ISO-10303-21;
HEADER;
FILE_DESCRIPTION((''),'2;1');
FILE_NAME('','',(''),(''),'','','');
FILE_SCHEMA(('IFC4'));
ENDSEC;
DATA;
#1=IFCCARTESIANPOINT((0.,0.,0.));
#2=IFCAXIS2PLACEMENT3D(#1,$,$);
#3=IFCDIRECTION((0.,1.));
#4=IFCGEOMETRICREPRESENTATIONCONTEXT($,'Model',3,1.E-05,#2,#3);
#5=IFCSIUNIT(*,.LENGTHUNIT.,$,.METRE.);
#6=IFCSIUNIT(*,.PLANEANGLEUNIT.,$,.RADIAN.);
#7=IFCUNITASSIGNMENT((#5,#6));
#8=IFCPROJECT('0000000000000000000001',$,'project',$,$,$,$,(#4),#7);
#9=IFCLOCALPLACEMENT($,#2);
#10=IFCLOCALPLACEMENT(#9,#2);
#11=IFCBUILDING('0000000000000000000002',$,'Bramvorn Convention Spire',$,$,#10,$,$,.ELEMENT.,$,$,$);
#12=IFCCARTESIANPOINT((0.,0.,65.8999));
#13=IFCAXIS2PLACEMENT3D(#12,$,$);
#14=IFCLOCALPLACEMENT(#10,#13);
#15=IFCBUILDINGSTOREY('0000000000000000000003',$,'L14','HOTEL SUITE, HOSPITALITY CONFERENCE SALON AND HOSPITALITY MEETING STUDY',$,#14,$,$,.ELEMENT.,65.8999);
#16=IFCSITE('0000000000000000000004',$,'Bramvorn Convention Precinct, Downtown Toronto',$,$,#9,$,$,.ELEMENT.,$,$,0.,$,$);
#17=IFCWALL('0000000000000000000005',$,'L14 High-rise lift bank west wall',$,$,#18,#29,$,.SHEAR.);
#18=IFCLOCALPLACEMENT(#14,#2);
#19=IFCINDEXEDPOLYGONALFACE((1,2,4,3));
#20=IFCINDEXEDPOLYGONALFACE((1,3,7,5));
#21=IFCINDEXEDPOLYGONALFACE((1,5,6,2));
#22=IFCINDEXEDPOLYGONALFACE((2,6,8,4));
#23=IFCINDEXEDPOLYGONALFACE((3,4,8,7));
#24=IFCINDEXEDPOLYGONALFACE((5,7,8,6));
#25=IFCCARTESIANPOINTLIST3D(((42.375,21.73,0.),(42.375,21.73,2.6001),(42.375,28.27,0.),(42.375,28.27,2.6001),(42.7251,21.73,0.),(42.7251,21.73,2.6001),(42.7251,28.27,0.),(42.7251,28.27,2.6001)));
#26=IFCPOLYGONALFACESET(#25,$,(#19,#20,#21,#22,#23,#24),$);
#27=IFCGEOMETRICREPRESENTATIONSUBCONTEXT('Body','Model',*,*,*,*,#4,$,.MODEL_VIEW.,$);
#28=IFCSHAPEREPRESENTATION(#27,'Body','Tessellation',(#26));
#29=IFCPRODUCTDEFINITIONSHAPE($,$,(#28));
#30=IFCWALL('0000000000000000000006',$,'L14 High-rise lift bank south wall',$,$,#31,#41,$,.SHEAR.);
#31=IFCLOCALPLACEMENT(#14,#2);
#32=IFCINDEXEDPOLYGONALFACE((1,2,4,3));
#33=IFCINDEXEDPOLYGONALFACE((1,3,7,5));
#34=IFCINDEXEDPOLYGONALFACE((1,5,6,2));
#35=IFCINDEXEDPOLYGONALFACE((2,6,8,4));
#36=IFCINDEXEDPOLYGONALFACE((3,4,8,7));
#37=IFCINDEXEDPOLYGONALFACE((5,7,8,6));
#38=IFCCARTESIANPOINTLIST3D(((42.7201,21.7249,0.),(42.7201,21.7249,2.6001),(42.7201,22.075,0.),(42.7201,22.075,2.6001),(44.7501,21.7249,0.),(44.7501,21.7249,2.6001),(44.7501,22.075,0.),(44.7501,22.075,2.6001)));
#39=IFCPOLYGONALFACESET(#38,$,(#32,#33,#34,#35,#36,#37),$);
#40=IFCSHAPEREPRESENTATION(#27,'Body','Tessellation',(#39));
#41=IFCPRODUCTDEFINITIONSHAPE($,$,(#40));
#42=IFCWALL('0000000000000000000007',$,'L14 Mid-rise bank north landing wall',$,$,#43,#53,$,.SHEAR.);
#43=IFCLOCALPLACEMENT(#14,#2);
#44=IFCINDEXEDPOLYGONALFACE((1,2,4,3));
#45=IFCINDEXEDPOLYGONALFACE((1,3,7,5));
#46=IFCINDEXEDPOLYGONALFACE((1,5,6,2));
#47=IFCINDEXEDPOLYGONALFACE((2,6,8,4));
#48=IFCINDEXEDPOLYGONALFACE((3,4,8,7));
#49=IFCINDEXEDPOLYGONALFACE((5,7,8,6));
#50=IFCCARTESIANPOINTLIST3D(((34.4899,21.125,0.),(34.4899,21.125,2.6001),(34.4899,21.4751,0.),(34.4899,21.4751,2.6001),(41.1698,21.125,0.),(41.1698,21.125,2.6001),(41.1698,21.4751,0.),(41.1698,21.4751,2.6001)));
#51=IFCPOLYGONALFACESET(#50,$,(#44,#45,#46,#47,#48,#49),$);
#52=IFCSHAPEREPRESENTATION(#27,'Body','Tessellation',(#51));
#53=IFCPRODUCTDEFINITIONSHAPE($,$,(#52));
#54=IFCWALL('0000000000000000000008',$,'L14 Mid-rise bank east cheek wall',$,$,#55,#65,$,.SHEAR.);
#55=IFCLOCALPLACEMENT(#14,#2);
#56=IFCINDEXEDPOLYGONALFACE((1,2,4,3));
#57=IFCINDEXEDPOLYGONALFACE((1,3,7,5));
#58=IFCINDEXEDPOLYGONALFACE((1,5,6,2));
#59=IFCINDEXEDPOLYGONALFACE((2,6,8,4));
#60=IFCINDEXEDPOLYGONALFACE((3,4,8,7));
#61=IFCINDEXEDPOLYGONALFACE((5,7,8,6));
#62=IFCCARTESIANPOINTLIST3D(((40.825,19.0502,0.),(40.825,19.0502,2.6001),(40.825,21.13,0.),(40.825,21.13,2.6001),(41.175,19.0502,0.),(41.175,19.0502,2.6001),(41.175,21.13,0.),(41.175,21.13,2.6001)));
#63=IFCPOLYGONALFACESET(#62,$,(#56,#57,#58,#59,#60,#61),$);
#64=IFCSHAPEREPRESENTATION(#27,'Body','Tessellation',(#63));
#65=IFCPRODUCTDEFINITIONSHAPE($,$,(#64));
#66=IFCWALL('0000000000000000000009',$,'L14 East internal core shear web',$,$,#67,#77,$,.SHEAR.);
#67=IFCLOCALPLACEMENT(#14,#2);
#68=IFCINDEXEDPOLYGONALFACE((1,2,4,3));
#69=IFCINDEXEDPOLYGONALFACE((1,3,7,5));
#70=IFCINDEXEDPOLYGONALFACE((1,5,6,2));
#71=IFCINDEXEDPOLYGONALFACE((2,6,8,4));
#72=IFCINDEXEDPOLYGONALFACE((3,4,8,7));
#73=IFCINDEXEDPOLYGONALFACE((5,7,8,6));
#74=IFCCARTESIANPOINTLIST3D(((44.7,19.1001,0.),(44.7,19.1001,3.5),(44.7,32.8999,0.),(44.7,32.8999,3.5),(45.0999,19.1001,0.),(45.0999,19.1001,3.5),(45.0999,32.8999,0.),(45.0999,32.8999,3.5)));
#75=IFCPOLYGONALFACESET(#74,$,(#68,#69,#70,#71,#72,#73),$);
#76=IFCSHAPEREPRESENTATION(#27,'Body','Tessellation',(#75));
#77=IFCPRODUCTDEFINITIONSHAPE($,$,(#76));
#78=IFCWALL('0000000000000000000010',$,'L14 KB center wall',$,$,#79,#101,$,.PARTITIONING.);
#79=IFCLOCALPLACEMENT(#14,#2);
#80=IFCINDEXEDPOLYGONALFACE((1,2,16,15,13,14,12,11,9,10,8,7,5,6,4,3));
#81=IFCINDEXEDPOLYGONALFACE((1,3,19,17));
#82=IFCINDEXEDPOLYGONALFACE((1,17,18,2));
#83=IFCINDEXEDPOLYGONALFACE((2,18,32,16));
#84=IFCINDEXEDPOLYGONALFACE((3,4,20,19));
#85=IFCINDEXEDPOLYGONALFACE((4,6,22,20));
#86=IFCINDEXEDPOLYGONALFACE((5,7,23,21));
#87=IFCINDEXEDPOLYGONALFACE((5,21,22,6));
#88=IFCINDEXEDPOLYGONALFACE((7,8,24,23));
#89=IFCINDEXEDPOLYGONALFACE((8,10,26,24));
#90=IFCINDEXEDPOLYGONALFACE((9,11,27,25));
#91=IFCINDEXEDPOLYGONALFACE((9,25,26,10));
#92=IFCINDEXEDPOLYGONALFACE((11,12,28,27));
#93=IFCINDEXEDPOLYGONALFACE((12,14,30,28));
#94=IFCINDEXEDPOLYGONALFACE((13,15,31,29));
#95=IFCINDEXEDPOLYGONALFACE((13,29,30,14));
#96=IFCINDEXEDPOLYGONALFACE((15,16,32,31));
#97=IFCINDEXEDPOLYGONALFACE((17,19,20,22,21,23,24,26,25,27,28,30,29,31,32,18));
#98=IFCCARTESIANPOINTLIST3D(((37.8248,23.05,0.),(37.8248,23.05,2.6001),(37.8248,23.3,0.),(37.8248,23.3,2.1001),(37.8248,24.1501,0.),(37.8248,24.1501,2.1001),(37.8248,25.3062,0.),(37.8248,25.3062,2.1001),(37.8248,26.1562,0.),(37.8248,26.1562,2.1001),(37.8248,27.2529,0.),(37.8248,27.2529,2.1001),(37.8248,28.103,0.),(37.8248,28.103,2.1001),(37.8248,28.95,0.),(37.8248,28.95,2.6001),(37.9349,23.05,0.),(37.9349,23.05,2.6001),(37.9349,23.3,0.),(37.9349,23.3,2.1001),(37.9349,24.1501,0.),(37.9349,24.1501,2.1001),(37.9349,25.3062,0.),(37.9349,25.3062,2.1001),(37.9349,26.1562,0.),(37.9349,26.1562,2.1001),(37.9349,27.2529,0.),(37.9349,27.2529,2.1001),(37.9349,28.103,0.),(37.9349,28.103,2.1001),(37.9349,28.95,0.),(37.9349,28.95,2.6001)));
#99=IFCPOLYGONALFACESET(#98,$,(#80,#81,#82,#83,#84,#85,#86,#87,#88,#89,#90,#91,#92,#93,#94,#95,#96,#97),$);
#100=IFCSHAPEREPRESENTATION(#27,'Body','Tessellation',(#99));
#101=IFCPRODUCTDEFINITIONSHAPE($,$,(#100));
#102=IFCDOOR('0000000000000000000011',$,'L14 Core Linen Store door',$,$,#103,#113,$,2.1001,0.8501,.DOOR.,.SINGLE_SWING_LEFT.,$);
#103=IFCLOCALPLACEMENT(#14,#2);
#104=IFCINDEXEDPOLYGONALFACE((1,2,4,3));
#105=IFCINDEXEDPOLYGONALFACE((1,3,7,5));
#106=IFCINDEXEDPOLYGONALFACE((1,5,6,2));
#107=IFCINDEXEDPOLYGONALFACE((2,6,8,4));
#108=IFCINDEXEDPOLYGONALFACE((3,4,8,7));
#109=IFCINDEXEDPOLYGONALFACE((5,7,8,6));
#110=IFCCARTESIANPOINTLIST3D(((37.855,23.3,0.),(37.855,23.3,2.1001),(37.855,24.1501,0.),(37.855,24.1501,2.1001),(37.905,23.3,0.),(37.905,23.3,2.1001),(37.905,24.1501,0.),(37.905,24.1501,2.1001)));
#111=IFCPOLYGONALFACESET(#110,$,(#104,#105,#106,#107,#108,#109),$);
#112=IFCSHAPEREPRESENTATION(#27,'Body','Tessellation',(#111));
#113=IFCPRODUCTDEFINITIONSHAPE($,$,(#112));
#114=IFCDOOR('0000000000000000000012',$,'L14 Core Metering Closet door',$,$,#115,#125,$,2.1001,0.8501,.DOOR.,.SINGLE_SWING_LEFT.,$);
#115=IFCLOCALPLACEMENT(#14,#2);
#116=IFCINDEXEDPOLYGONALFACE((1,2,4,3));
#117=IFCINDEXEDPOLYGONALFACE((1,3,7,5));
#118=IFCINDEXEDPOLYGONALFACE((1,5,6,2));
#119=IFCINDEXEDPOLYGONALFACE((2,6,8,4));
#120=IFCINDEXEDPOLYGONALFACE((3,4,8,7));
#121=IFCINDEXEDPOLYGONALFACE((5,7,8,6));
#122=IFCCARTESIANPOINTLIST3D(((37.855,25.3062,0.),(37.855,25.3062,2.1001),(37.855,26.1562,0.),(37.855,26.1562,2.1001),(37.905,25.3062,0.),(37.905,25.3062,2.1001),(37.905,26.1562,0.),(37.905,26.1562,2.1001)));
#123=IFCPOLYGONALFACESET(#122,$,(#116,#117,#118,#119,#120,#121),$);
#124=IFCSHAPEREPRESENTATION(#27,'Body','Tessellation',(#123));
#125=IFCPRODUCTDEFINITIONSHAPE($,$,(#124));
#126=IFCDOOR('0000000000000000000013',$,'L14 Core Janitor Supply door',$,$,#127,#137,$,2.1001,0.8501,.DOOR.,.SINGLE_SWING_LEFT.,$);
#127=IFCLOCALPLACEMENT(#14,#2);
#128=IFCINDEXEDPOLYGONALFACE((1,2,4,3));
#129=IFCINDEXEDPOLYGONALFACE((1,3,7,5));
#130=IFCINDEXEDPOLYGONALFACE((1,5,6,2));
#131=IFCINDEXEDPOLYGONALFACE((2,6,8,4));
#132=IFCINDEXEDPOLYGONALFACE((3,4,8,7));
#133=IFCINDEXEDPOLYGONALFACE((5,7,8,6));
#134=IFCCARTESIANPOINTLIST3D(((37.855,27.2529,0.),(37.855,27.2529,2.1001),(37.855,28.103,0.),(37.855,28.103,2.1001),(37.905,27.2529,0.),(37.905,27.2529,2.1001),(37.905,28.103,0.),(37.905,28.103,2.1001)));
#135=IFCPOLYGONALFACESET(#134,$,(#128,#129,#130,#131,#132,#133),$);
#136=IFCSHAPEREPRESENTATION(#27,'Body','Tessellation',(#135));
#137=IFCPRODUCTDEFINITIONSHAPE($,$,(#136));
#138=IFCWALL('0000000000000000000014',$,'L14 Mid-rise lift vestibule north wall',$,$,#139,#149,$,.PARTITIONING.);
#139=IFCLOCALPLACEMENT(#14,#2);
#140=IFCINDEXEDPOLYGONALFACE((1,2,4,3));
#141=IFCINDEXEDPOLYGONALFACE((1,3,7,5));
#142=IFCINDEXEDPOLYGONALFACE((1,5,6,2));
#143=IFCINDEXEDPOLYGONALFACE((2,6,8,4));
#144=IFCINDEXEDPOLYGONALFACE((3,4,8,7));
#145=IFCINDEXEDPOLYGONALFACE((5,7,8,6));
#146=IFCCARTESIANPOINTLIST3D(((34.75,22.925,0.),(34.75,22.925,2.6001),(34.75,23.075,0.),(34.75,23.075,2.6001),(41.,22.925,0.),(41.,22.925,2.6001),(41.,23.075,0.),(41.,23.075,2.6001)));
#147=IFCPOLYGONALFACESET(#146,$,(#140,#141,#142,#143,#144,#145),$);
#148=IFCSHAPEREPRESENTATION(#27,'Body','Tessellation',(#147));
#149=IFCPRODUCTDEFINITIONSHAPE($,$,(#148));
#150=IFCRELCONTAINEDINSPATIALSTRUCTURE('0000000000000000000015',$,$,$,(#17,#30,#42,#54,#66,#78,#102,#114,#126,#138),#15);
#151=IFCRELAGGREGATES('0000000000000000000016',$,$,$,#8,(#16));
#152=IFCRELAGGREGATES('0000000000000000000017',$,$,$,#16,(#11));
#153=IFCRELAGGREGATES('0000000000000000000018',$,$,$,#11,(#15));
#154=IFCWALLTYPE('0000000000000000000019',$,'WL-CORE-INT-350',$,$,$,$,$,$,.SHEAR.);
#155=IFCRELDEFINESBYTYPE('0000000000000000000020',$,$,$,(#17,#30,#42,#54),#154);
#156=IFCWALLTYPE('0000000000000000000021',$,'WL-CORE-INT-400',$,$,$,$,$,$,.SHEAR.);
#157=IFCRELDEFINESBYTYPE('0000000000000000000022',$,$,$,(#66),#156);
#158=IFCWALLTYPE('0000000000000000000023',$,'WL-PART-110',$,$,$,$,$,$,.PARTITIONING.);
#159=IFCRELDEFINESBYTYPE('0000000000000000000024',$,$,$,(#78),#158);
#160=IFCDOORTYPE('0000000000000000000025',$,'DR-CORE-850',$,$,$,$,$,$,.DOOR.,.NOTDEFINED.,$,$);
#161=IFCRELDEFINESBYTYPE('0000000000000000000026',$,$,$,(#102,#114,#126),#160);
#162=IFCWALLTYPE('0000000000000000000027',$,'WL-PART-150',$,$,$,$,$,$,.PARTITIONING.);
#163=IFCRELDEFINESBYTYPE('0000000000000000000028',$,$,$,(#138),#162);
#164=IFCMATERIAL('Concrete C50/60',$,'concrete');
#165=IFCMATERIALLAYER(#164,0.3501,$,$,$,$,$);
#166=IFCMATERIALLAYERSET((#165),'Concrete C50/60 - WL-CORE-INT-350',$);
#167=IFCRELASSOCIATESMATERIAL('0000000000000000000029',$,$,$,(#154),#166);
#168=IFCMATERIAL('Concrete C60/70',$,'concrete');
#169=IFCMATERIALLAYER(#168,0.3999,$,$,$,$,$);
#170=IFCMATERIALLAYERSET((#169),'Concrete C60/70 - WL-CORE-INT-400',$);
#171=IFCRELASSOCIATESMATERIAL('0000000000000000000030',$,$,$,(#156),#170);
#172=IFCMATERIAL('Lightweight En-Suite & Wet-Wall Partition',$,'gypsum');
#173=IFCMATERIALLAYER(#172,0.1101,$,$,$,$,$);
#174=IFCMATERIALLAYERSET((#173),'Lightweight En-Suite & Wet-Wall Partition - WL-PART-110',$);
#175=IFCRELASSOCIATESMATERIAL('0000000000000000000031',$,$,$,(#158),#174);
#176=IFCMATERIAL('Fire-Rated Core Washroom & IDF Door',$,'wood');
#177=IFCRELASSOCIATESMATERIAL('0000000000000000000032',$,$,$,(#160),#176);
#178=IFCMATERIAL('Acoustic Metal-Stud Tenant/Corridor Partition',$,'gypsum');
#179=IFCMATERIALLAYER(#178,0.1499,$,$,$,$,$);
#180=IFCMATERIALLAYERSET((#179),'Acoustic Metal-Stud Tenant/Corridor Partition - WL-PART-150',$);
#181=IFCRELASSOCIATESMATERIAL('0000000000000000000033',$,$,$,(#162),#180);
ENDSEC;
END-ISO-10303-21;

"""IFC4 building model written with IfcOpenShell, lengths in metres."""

from ifc_helpers import new_model, si_unit, direction, frame, frame_2d, origin, place, context, subcontext, project, spatial, rectangle, extrude, material, layer, layer_set, type_object, element, fill, save


model = new_model("IFC4")

# Units and contexts
model_context = context("Model", 3, precision=1e-05, world=origin(), true_north=direction((0.0, 1.0)))
body_context = subcontext(model_context, "Body", "Model", "MODEL_VIEW")
ifc_project = project(units=[si_unit("LENGTHUNIT", "METRE"), si_unit("PLANEANGLEUNIT", "RADIAN")], contexts=[model_context])

# Site, building, storey
site_placement = place(None, origin())
site = spatial("IfcSite", under=ifc_project, at=site_placement, Name="Bramvorn Convention Precinct, Downtown Toronto", CompositionType="ELEMENT", RefElevation=0.0)
building_placement = place(site_placement, origin())
building = spatial("IfcBuilding", under=site, at=building_placement, Name="Bramvorn Convention Spire", CompositionType="ELEMENT")
storey_placement = place(building_placement, frame((0.0, 0.0, 65.8999)))
storey = spatial("IfcBuildingStorey", under=building, at=storey_placement, Name="L14", Description="HOTEL SUITE, HOSPITALITY CONFERENCE SALON AND HOSPITALITY MEETING STUDY", CompositionType="ELEMENT", Elevation=65.8999)

# Walls
ifc_material_1 = material(Name="Concrete C50/60", Category="concrete")
ifc_layer_1 = layer(ifc_material_1, 0.3501)
ifc_layer_set_1 = layer_set([ifc_layer_1], Name="Concrete C50/60 - WL-CORE-INT-350")
wall_type_1 = type_object("IfcWallType", Name="WL-CORE-INT-350", PredefinedType="SHEAR", material=ifc_layer_set_1)
wall_1_placement = place(storey_placement, frame((42.55, 21.73, 0.0), z_axis=(0.0, 0.0, 1.0), x_axis=(0.0, 1.0, 0.0)))
element("IfcWall", 1, at=wall_1_placement, inside=storey, type_object=wall_type_1, Name="L14 High-rise lift bank west wall", PredefinedType="SHEAR", context=body_context, shape_type="SweptSolid", body=[
    extrude(rectangle(XDim=6.54, YDim=0.3501, at=frame_2d((3.27, 0.0))), origin(), (0.0, 0.0, 1.0), 2.6001),
])
wall_2_placement = place(storey_placement, frame((42.72, 21.8999, 0.0), z_axis=(0.0, 0.0, 1.0), x_axis=(1.0, 0.0, 0.0)))
element("IfcWall", 2, at=wall_2_placement, inside=storey, type_object=wall_type_1, Name="L14 High-rise lift bank south wall", PredefinedType="SHEAR", context=body_context, shape_type="SweptSolid", body=[
    extrude(rectangle(XDim=2.03, YDim=0.3501, at=frame_2d((1.0151, 0.0))), origin(), (0.0, 0.0, 1.0), 2.6001),
])
wall_3_placement = place(storey_placement, frame((34.49, 21.3, 0.0), z_axis=(0.0, 0.0, 1.0), x_axis=(1.0, 0.0, 0.0)))
element("IfcWall", 3, at=wall_3_placement, inside=storey, type_object=wall_type_1, Name="L14 Mid-rise bank north landing wall", PredefinedType="SHEAR", context=body_context, shape_type="SweptSolid", body=[
    extrude(rectangle(XDim=6.6799, YDim=0.3501, at=frame_2d((3.3398, 0.0))), origin(), (0.0, 0.0, 1.0), 2.6001),
])
wall_4_placement = place(storey_placement, frame((41.0, 19.05, 0.0), z_axis=(0.0, 0.0, 1.0), x_axis=(0.0, 1.0, 0.0)))
element("IfcWall", 4, at=wall_4_placement, inside=storey, type_object=wall_type_1, Name="L14 Mid-rise bank east cheek wall", PredefinedType="SHEAR", context=body_context, shape_type="SweptSolid", body=[
    extrude(rectangle(XDim=2.0798, YDim=0.3501, at=frame_2d((1.04, 0.0))), origin(), (0.0, 0.0, 1.0), 2.6001),
])
ifc_material_2 = material(Name="Concrete C60/70", Category="concrete")
ifc_layer_2 = layer(ifc_material_2, 0.3999)
ifc_layer_set_2 = layer_set([ifc_layer_2], Name="Concrete C60/70 - WL-CORE-INT-400")
wall_type_2 = type_object("IfcWallType", Name="WL-CORE-INT-400", PredefinedType="SHEAR", material=ifc_layer_set_2)
wall_5_placement = place(storey_placement, frame((44.8999, 19.1001, 0.0), z_axis=(0.0, 0.0, 1.0), x_axis=(0.0, 1.0, 0.0)))
element("IfcWall", 5, at=wall_5_placement, inside=storey, type_object=wall_type_2, Name="L14 East internal core shear web", PredefinedType="SHEAR", context=body_context, shape_type="SweptSolid", body=[
    extrude(rectangle(XDim=13.7998, YDim=0.3999, at=frame_2d((6.8999, 0.0))), origin(), (0.0, 0.0, 1.0), 3.5),
])

# Wall, openings, doors
ifc_material_3 = material(Name="Lightweight En-Suite & Wet-Wall Partition", Category="gypsum")
ifc_layer_3 = layer(ifc_material_3, 0.1101)
ifc_layer_set_3 = layer_set([ifc_layer_3], Name="Lightweight En-Suite & Wet-Wall Partition - WL-PART-110")
wall_type_3 = type_object("IfcWallType", Name="WL-PART-110", PredefinedType="PARTITIONING", material=ifc_layer_set_3)
wall_6_placement = place(storey_placement, frame((37.8799, 23.05, 0.0), z_axis=(0.0, 0.0, 1.0), x_axis=(0.0, 1.0, 0.0)))
wall_6 = element("IfcWall", 6, at=wall_6_placement, inside=storey, type_object=wall_type_3, Name="L14 KB center wall", PredefinedType="PARTITIONING", context=body_context, shape_type="SweptSolid", body=[
    extrude(rectangle(XDim=5.8999, YDim=0.1101, at=frame_2d((2.95, 0.0))), origin(), (0.0, 0.0, 1.0), 2.6001),
])
opening_1_placement = place(wall_6_placement, frame((0.25, 0.0, 0.0)))
opening_1 = element("IfcOpeningElement", 7, at=opening_1_placement, cuts=wall_6, PredefinedType="OPENING", context=body_context, shape_type="SweptSolid", body=[
    extrude(rectangle(XDim=0.8501, YDim=2.1001, at=frame_2d((0.425, 1.05))), frame((0.0, 0.0649, 0.0), z_axis=(0.0, -1.0, 0.0), x_axis=(1.0, 0.0, 0.0)), (0.0, 0.0, 1.0), 0.1301),
])
opening_2_placement = place(wall_6_placement, frame((2.2561, 0.0, 0.0)))
opening_2 = element("IfcOpeningElement", 8, at=opening_2_placement, cuts=wall_6, PredefinedType="OPENING", context=body_context, shape_type="SweptSolid", body=[
    extrude(rectangle(XDim=0.8501, YDim=2.1001, at=frame_2d((0.425, 1.05))), frame((0.0, 0.0649, 0.0), z_axis=(0.0, -1.0, 0.0), x_axis=(1.0, 0.0, 0.0)), (0.0, 0.0, 1.0), 0.1301),
])
opening_3_placement = place(wall_6_placement, frame((4.2029, 0.0, 0.0)))
opening_3 = element("IfcOpeningElement", 9, at=opening_3_placement, cuts=wall_6, PredefinedType="OPENING", context=body_context, shape_type="SweptSolid", body=[
    extrude(rectangle(XDim=0.8501, YDim=2.1001, at=frame_2d((0.425, 1.05))), frame((0.0, 0.0649, 0.0), z_axis=(0.0, -1.0, 0.0), x_axis=(1.0, 0.0, 0.0)), (0.0, 0.0, 1.0), 0.1301),
])
ifc_material_4 = material(Name="Fire-Rated Core Washroom & IDF Door", Category="wood")
door_type = type_object("IfcDoorType", Name="DR-CORE-850", OperationType="NOTDEFINED", PredefinedType="DOOR", material=ifc_material_4)
door_1_placement = place(opening_1_placement, origin())
door_1 = element("IfcDoor", 10, at=door_1_placement, inside=storey, type_object=door_type, Name="L14 Core Linen Store door", OperationType="SINGLE_SWING_LEFT", OverallHeight=2.1001, OverallWidth=0.8501, PredefinedType="DOOR", context=body_context, shape_type="SweptSolid", body=[
    extrude(rectangle(XDim=0.8501, YDim=2.1001, at=frame_2d((0.425, 1.05))), frame((0.0, 0.0249, 0.0), z_axis=(0.0, -1.0, 0.0), x_axis=(1.0, 0.0, 0.0)), (0.0, 0.0, 1.0), 0.05),
])
fill(opening_1, door_1)
door_2_placement = place(opening_2_placement, origin())
door_2 = element("IfcDoor", 11, at=door_2_placement, inside=storey, type_object=door_type, Name="L14 Core Metering Closet door", OperationType="SINGLE_SWING_LEFT", OverallHeight=2.1001, OverallWidth=0.8501, PredefinedType="DOOR", context=body_context, shape_type="SweptSolid", body=[
    extrude(rectangle(XDim=0.8501, YDim=2.1001, at=frame_2d((0.425, 1.05))), frame((0.0, 0.0249, 0.0), z_axis=(0.0, -1.0, 0.0), x_axis=(1.0, 0.0, 0.0)), (0.0, 0.0, 1.0), 0.05),
])
fill(opening_2, door_2)
door_3_placement = place(opening_3_placement, origin())
door_3 = element("IfcDoor", 12, at=door_3_placement, inside=storey, type_object=door_type, Name="L14 Core Janitor Supply door", OperationType="SINGLE_SWING_LEFT", OverallHeight=2.1001, OverallWidth=0.8501, PredefinedType="DOOR", context=body_context, shape_type="SweptSolid", body=[
    extrude(rectangle(XDim=0.8501, YDim=2.1001, at=frame_2d((0.425, 1.05))), frame((0.0, 0.0249, 0.0), z_axis=(0.0, -1.0, 0.0), x_axis=(1.0, 0.0, 0.0)), (0.0, 0.0, 1.0), 0.05),
])
fill(opening_3, door_3)

# Wall
ifc_material_5 = material(Name="Acoustic Metal-Stud Tenant/Corridor Partition", Category="gypsum")
ifc_layer_4 = layer(ifc_material_5, 0.1499)
ifc_layer_set_4 = layer_set([ifc_layer_4], Name="Acoustic Metal-Stud Tenant/Corridor Partition - WL-PART-150")
wall_type_4 = type_object("IfcWallType", Name="WL-PART-150", PredefinedType="PARTITIONING", material=ifc_layer_set_4)
wall_7_placement = place(storey_placement, frame((34.75, 23.0, 0.0), z_axis=(0.0, 0.0, 1.0), x_axis=(1.0, 0.0, 0.0)))
element("IfcWall", 13, at=wall_7_placement, inside=storey, type_object=wall_type_4, Name="L14 Mid-rise lift vestibule north wall", PredefinedType="PARTITIONING", context=body_context, shape_type="SweptSolid", body=[
    extrude(rectangle(XDim=6.25, YDim=0.1499, at=frame_2d((3.125, 0.0))), origin(), (0.0, 0.0, 1.0), 2.6001),
])

save(model, "model.ifc")
